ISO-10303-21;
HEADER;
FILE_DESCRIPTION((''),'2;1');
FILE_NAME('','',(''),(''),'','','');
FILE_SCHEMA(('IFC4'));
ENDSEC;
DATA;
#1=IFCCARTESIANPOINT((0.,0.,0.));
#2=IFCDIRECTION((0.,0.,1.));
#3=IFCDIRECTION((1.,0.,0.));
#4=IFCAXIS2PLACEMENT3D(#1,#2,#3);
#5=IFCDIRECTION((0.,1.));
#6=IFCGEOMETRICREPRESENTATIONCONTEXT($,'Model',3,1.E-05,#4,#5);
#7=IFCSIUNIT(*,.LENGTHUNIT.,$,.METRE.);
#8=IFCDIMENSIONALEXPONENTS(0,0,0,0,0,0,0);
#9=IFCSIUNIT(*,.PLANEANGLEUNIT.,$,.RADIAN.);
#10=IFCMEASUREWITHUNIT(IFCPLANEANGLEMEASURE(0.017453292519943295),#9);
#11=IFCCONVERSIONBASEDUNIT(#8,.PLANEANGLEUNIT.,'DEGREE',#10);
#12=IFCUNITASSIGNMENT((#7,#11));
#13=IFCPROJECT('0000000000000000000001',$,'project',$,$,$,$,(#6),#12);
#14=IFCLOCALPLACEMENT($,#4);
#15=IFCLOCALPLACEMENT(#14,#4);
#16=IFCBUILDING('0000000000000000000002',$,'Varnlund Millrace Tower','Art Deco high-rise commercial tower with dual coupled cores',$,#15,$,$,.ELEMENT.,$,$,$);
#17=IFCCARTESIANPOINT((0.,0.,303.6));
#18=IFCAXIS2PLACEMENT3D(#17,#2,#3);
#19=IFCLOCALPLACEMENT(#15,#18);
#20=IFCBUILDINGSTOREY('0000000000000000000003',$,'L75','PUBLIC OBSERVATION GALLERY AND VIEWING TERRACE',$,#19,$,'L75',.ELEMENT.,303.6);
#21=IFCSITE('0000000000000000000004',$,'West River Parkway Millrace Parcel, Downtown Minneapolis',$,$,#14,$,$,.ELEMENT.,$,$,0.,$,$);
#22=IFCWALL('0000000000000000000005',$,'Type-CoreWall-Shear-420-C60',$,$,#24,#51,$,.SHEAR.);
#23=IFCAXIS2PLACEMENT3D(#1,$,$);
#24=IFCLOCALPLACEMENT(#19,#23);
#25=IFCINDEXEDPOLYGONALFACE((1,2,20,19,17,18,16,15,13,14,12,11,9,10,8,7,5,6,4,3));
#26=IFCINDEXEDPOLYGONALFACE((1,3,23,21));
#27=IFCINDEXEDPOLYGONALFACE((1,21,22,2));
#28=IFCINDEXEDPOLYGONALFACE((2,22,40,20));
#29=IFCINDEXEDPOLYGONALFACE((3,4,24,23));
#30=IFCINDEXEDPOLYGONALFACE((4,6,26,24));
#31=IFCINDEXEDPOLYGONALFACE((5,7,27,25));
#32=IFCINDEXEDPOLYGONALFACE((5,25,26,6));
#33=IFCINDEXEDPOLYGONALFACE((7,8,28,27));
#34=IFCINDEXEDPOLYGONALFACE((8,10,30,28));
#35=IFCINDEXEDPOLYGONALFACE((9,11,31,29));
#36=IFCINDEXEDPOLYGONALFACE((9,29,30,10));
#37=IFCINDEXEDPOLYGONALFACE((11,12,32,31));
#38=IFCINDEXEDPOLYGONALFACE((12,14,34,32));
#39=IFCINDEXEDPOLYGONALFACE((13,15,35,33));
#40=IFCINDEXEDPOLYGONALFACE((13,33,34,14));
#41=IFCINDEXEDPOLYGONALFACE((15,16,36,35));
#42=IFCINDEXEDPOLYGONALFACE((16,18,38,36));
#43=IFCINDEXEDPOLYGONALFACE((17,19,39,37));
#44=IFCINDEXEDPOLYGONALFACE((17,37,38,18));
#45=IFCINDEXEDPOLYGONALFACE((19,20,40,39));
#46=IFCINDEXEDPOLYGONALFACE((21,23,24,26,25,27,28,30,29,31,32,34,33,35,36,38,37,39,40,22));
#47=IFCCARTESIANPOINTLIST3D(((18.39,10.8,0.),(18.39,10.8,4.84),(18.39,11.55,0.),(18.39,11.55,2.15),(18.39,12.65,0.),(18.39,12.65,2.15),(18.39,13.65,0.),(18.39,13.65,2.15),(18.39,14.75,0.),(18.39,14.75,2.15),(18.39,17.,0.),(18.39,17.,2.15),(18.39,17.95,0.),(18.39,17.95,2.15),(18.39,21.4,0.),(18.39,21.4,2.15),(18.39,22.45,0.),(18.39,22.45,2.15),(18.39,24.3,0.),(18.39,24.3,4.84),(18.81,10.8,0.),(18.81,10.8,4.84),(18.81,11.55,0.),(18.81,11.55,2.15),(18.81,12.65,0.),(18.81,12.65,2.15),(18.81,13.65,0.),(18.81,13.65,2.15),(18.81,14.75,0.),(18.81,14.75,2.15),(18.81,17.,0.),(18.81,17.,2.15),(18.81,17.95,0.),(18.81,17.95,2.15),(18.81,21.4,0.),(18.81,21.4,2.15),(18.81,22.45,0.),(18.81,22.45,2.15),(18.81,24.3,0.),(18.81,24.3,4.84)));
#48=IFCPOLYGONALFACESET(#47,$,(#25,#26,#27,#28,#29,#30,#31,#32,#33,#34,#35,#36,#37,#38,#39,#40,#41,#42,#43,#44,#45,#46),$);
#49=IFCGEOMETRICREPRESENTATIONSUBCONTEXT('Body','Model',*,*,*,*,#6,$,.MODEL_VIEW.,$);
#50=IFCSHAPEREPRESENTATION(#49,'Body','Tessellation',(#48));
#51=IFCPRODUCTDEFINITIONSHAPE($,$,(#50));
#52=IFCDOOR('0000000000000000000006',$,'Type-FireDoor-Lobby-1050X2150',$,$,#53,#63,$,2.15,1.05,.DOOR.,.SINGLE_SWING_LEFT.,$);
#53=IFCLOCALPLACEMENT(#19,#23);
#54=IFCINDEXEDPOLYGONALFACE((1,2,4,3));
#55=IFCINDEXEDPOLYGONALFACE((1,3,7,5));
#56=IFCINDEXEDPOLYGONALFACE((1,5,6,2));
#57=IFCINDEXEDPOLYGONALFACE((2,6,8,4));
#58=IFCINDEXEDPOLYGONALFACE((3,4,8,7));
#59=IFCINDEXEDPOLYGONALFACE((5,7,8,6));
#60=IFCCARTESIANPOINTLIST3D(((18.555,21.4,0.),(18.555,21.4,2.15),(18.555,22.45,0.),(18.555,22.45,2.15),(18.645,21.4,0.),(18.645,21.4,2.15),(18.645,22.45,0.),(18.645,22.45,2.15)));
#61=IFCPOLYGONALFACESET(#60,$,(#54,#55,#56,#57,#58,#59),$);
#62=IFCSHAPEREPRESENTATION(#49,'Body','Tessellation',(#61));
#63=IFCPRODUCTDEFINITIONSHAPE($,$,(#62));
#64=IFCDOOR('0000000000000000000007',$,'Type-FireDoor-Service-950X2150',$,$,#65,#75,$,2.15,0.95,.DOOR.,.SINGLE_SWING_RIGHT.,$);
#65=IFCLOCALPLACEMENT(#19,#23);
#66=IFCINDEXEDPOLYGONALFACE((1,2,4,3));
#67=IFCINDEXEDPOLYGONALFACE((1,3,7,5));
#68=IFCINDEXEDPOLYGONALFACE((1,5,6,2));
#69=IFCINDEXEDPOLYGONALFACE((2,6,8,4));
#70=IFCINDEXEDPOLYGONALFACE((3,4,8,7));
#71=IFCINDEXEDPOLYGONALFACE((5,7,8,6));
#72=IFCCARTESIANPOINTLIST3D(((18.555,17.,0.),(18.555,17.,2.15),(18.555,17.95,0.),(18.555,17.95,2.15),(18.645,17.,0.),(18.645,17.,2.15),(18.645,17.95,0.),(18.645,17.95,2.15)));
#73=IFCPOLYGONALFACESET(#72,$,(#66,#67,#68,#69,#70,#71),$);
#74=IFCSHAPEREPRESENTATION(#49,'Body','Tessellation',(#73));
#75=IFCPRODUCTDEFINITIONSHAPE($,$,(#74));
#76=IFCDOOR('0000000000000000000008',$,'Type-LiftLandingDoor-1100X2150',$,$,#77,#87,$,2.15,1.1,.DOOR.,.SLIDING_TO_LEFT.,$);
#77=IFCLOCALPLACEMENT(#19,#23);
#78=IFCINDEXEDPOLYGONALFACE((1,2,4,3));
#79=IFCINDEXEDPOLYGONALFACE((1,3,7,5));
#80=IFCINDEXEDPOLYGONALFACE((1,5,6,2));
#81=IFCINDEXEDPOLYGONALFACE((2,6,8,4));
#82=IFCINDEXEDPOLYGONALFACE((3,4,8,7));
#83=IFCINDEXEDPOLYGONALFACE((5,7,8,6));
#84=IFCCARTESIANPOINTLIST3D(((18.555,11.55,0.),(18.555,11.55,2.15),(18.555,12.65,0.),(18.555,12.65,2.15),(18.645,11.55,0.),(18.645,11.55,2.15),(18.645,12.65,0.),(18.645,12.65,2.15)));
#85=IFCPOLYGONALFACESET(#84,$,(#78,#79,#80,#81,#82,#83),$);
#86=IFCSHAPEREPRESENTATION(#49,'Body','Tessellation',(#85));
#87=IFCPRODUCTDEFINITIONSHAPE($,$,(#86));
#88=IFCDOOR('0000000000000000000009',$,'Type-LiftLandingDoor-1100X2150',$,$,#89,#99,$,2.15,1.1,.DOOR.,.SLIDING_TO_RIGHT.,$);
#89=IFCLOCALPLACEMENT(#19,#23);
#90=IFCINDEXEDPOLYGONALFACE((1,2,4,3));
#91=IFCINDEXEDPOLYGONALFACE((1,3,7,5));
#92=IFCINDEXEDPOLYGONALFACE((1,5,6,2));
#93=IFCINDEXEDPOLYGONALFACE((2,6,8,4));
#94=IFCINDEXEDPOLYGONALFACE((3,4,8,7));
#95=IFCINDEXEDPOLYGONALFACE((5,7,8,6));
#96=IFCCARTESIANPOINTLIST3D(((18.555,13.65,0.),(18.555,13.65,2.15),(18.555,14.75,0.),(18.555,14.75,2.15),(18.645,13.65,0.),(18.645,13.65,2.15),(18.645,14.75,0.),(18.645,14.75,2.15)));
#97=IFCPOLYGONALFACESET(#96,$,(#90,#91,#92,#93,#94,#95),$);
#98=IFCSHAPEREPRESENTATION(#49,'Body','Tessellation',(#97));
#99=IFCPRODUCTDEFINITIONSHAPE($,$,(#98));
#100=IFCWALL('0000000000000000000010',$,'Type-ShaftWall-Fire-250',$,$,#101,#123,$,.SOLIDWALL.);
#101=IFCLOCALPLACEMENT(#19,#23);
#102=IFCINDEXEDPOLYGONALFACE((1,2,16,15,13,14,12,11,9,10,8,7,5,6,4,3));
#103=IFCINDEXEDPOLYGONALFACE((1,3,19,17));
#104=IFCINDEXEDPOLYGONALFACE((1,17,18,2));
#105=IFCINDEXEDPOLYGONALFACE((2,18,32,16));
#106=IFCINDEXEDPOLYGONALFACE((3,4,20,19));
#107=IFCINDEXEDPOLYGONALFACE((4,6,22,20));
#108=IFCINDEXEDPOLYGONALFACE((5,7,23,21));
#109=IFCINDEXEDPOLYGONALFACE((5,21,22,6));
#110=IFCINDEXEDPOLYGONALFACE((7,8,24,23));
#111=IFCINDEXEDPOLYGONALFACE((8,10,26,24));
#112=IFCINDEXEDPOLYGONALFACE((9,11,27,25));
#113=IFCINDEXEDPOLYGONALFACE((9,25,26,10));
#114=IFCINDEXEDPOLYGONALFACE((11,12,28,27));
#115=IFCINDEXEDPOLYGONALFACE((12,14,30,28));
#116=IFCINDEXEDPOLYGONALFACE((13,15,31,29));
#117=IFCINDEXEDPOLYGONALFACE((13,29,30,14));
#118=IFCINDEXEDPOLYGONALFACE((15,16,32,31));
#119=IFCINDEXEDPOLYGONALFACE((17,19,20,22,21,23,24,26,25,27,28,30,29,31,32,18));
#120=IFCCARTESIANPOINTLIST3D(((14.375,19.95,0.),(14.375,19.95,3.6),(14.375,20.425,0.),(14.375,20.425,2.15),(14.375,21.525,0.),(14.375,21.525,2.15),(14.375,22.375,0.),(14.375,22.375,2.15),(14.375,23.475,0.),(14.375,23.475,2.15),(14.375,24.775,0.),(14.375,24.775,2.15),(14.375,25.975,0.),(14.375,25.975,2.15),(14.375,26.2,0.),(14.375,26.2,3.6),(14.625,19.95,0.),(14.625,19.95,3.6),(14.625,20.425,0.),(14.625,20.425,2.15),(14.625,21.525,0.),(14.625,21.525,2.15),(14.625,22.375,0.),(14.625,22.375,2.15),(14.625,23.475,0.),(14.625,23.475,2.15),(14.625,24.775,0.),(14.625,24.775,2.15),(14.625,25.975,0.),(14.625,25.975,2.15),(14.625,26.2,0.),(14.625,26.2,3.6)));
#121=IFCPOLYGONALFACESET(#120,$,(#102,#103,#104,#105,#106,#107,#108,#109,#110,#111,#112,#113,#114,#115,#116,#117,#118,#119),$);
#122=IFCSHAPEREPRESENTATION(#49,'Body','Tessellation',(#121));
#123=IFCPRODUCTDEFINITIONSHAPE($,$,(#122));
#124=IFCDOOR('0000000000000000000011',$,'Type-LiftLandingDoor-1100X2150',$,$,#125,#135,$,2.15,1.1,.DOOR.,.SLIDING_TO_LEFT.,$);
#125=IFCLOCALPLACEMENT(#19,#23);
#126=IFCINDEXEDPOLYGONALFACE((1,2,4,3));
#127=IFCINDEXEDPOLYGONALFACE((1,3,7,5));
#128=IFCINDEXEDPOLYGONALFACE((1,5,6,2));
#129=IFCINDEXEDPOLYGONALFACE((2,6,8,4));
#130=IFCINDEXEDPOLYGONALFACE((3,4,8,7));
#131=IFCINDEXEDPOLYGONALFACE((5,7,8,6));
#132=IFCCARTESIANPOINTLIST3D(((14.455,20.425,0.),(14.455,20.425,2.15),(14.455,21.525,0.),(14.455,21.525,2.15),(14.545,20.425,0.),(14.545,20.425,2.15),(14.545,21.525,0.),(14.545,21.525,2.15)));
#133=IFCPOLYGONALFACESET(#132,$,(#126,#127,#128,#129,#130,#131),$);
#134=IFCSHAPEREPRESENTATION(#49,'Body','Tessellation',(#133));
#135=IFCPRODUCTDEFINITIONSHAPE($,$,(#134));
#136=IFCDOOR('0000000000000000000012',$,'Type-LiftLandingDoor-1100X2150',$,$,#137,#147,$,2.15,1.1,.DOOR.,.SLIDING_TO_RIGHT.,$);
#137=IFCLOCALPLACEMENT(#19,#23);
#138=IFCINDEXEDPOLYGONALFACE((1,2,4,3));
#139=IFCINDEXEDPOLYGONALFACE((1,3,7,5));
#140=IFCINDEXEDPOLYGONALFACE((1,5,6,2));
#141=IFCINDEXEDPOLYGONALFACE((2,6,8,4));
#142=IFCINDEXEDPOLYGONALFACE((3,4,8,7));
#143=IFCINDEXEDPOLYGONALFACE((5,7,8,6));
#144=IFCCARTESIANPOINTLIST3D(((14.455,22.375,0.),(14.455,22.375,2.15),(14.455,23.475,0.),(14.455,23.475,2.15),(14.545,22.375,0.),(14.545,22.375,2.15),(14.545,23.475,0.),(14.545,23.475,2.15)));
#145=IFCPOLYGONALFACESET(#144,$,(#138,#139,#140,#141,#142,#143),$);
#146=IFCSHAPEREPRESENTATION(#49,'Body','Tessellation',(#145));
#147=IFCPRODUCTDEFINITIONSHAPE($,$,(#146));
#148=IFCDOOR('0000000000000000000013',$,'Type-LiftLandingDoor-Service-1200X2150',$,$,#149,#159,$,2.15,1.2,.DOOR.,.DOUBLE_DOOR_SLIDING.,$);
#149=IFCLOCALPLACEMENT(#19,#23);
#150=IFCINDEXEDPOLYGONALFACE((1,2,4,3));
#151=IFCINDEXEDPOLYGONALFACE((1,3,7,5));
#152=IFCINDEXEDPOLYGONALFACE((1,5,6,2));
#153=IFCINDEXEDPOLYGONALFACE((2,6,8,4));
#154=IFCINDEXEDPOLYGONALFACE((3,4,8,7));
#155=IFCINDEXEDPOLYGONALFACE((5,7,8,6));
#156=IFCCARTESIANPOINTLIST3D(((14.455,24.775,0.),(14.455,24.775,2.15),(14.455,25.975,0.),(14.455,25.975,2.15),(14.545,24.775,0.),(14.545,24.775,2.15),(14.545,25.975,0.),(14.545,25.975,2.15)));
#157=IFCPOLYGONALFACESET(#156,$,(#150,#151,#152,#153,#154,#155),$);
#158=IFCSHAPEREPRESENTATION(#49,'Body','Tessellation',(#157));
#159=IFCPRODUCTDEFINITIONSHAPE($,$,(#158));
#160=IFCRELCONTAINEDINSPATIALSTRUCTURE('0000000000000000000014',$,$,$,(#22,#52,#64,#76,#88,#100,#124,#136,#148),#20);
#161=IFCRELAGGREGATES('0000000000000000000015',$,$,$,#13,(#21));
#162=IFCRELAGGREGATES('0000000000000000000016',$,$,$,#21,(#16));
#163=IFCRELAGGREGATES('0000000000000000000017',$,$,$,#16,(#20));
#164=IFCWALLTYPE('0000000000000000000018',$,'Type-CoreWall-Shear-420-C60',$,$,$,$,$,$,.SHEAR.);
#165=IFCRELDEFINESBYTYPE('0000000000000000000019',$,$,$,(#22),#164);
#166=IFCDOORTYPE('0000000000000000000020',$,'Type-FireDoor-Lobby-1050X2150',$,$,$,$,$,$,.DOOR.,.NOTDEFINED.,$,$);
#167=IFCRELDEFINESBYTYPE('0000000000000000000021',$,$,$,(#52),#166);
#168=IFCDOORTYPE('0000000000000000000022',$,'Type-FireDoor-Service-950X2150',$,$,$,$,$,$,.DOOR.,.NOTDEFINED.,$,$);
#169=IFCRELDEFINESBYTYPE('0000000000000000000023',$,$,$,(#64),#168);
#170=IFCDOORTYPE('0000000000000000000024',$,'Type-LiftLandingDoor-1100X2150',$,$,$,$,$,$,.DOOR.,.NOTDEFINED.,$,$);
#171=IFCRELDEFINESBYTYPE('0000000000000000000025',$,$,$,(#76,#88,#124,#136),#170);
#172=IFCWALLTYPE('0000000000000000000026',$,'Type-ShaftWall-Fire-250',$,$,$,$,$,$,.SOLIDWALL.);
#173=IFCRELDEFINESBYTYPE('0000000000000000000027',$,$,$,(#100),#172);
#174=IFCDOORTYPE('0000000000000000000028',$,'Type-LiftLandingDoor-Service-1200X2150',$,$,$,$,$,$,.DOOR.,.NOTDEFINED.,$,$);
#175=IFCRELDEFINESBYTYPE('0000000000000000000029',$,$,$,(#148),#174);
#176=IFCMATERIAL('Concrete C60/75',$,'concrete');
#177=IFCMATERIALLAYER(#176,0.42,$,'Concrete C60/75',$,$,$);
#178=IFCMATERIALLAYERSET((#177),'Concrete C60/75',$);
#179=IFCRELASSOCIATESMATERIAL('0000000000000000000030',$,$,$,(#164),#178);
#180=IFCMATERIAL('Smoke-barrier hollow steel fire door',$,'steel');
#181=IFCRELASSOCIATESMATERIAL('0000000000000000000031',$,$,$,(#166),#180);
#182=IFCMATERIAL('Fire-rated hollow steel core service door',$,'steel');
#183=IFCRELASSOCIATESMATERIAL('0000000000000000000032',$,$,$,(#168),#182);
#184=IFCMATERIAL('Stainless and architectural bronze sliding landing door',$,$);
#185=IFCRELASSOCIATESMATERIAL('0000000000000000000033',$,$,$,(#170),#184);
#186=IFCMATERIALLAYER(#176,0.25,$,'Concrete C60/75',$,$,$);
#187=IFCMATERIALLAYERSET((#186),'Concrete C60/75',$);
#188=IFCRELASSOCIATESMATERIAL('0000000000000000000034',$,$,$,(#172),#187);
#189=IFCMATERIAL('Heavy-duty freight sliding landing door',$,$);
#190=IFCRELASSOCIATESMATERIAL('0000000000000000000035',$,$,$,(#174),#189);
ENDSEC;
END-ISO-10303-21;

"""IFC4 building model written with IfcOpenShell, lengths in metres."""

from ifc_helpers import new_model, entity, si_unit, converted_unit, direction, frame, origin_with_axes, origin_2d_with_axis, place, context, subcontext, project, spatial, polyline, rectangle, outline, extrude, material, layer, layer_set, type_object, element, fill, save


model = new_model("IFC4")

# Units and contexts
model_context = context("Model", 3, precision=1e-05, world=origin_with_axes(), true_north=direction((0.0, 1.0)))
body_context = subcontext(model_context, "Body", "Model", "MODEL_VIEW")
ifc_project = project(units=[si_unit("LENGTHUNIT", "METRE"), converted_unit("PLANEANGLEUNIT", "DEGREE", entity("IfcPlaneAngleMeasure", 0.017453292519943295), si_unit("PLANEANGLEUNIT", "RADIAN"), dimensions=[0, 0, 0, 0, 0, 0, 0])], contexts=[model_context])

# Site, building, storey
site_placement = place(None, origin_with_axes())
site = spatial("IfcSite", under=ifc_project, at=site_placement, Name="West River Parkway Millrace Parcel, Downtown Minneapolis", CompositionType="ELEMENT", RefElevation=0.0)
building_placement = place(site_placement, origin_with_axes())
building = spatial("IfcBuilding", under=site, at=building_placement, Name="Varnlund Millrace Tower", Description="Art Deco high-rise commercial tower with dual coupled cores", CompositionType="ELEMENT")
storey_placement = place(building_placement, frame((0.0, 0.0, 303.6), z_axis=(0.0, 0.0, 1.0), x_axis=(1.0, 0.0, 0.0)))
storey = spatial("IfcBuildingStorey", under=building, at=storey_placement, Name="L75", Description="PUBLIC OBSERVATION GALLERY AND VIEWING TERRACE", LongName="L75", CompositionType="ELEMENT", Elevation=303.6)

# Shared definitions
ifc_material_1 = material(Name="Concrete C60/75", Category="concrete")
ifc_layer_1 = layer(ifc_material_1, 0.42, Name="Concrete C60/75")
ifc_layer_set_1 = layer_set([ifc_layer_1], Name="Concrete C60/75")
wall_type_1 = type_object("IfcWallType", Name="Type-CoreWall-Shear-420-C60", PredefinedType="SHEAR", material=ifc_layer_set_1)

# Walls, openings, doors
wall_1_placement = place(storey_placement, frame((18.6, 10.8, 0.0), z_axis=(0.0, 0.0, 1.0), x_axis=(0.0, 1.0, 0.0)))
wall_1 = element("IfcWall", 1, at=wall_1_placement, inside=storey, type_object=wall_type_1, Name="Type-CoreWall-Shear-420-C60", PredefinedType="SHEAR", context=body_context, shape_type="SweptSolid", body=[
    extrude(outline(polyline([(0.0, -0.21), (13.5, -0.21), (13.5, 0.21), (0.0, 0.21), (0.0, -0.21)])), origin_with_axes(), (0.0, 0.0, 1.0), 4.84),
])
opening_1_placement = place(wall_1_placement, frame((1.3, 0.0, 0.0), z_axis=(0.0, 0.0, 1.0), x_axis=(1.0, 0.0, 0.0)))
opening_1 = element("IfcOpeningElement", 2, at=opening_1_placement, cuts=wall_1, PredefinedType="OPENING", context=body_context, shape_type="SweptSolid", body=[
    extrude(rectangle(XDim=1.1, YDim=0.44, at=origin_2d_with_axis()), origin_with_axes(), (0.0, 0.0, 1.0), 2.15),
])
opening_2_placement = place(wall_1_placement, frame((3.4, 0.0, 0.0), z_axis=(0.0, 0.0, 1.0), x_axis=(1.0, 0.0, 0.0)))
opening_2 = element("IfcOpeningElement", 3, at=opening_2_placement, cuts=wall_1, PredefinedType="OPENING", context=body_context, shape_type="SweptSolid", body=[
    extrude(rectangle(XDim=1.1, YDim=0.44, at=origin_2d_with_axis()), origin_with_axes(), (0.0, 0.0, 1.0), 2.15),
])
opening_3_placement = place(wall_1_placement, frame((11.125, 0.0, 0.0), z_axis=(0.0, 0.0, 1.0), x_axis=(1.0, 0.0, 0.0)))
opening_3 = element("IfcOpeningElement", 4, at=opening_3_placement, cuts=wall_1, PredefinedType="OPENING", context=body_context, shape_type="SweptSolid", body=[
    extrude(rectangle(XDim=1.05, YDim=0.44, at=origin_2d_with_axis()), origin_with_axes(), (0.0, 0.0, 1.0), 2.15),
])
opening_4_placement = place(wall_1_placement, frame((6.675, 0.0, 0.0), z_axis=(0.0, 0.0, 1.0), x_axis=(1.0, 0.0, 0.0)))
opening_4 = element("IfcOpeningElement", 5, at=opening_4_placement, cuts=wall_1, PredefinedType="OPENING", context=body_context, shape_type="SweptSolid", body=[
    extrude(rectangle(XDim=0.95, YDim=0.44, at=origin_2d_with_axis()), origin_with_axes(), (0.0, 0.0, 1.0), 2.15),
])
ifc_material_2 = material(Name="Smoke-barrier hollow steel fire door", Category="steel")
door_type_1 = type_object("IfcDoorType", Name="Type-FireDoor-Lobby-1050X2150", OperationType="NOTDEFINED", PredefinedType="DOOR", material=ifc_material_2)
door_1_placement = place(wall_1_placement, frame((11.125, 0.0, 0.0), z_axis=(0.0, 0.0, 1.0), x_axis=(1.0, 0.0, 0.0)))
door_1 = element("IfcDoor", 6, at=door_1_placement, inside=storey, type_object=door_type_1, Name="Type-FireDoor-Lobby-1050X2150", OperationType="SINGLE_SWING_LEFT", OverallHeight=2.15, OverallWidth=1.05, PredefinedType="DOOR", context=body_context, shape_type="SweptSolid", body=[
    extrude(rectangle(XDim=1.05, YDim=0.09, at=origin_2d_with_axis()), origin_with_axes(), (0.0, 0.0, 1.0), 2.15),
])
fill(opening_3, door_1)
ifc_material_3 = material(Name="Fire-rated hollow steel core service door", Category="steel")
door_type_2 = type_object("IfcDoorType", Name="Type-FireDoor-Service-950X2150", OperationType="NOTDEFINED", PredefinedType="DOOR", material=ifc_material_3)
door_2_placement = place(wall_1_placement, frame((6.675, 0.0, 0.0), z_axis=(0.0, 0.0, 1.0), x_axis=(1.0, 0.0, 0.0)))
door_2 = element("IfcDoor", 7, at=door_2_placement, inside=storey, type_object=door_type_2, Name="Type-FireDoor-Service-950X2150", OperationType="SINGLE_SWING_RIGHT", OverallHeight=2.15, OverallWidth=0.95, PredefinedType="DOOR", context=body_context, shape_type="SweptSolid", body=[
    extrude(rectangle(XDim=0.95, YDim=0.09, at=origin_2d_with_axis()), origin_with_axes(), (0.0, 0.0, 1.0), 2.15),
])
fill(opening_4, door_2)
ifc_material_4 = material(Name="Stainless and architectural bronze sliding landing door")
door_type_3 = type_object("IfcDoorType", Name="Type-LiftLandingDoor-1100X2150", OperationType="NOTDEFINED", PredefinedType="DOOR", material=ifc_material_4)
door_3_placement = place(wall_1_placement, frame((1.3, 0.0, 0.0), z_axis=(0.0, 0.0, 1.0), x_axis=(1.0, 0.0, 0.0)))
door_3 = element("IfcDoor", 8, at=door_3_placement, inside=storey, type_object=door_type_3, Name="Type-LiftLandingDoor-1100X2150", OperationType="SLIDING_TO_LEFT", OverallHeight=2.15, OverallWidth=1.1, PredefinedType="DOOR", context=body_context, shape_type="SweptSolid", body=[
    extrude(rectangle(XDim=1.1, YDim=0.09, at=origin_2d_with_axis()), origin_with_axes(), (0.0, 0.0, 1.0), 2.15),
])
fill(opening_1, door_3)
door_4_placement = place(wall_1_placement, frame((3.4, 0.0, 0.0), z_axis=(0.0, 0.0, 1.0), x_axis=(1.0, 0.0, 0.0)))
door_4 = element("IfcDoor", 9, at=door_4_placement, inside=storey, type_object=door_type_3, Name="Type-LiftLandingDoor-1100X2150", OperationType="SLIDING_TO_RIGHT", OverallHeight=2.15, OverallWidth=1.1, PredefinedType="DOOR", context=body_context, shape_type="SweptSolid", body=[
    extrude(rectangle(XDim=1.1, YDim=0.09, at=origin_2d_with_axis()), origin_with_axes(), (0.0, 0.0, 1.0), 2.15),
])
fill(opening_2, door_4)
ifc_layer_2 = layer(ifc_material_1, 0.25, Name="Concrete C60/75")
ifc_layer_set_2 = layer_set([ifc_layer_2], Name="Concrete C60/75")
wall_type_2 = type_object("IfcWallType", Name="Type-ShaftWall-Fire-250", PredefinedType="SOLIDWALL", material=ifc_layer_set_2)
wall_2_placement = place(storey_placement, frame((14.5, 19.95, 0.0), z_axis=(0.0, 0.0, 1.0), x_axis=(0.0, 1.0, 0.0)))
wall_2 = element("IfcWall", 10, at=wall_2_placement, inside=storey, type_object=wall_type_2, Name="Type-ShaftWall-Fire-250", PredefinedType="SOLIDWALL", context=body_context, shape_type="SweptSolid", body=[
    extrude(outline(polyline([(0.0, -0.125), (6.25, -0.125), (6.25, 0.125), (0.0, 0.125), (0.0, -0.125)])), origin_with_axes(), (0.0, 0.0, 1.0), 3.6),
])
opening_5_placement = place(wall_2_placement, frame((1.025, 0.0, 0.0), z_axis=(0.0, 0.0, 1.0), x_axis=(1.0, 0.0, 0.0)))
opening_5 = element("IfcOpeningElement", 11, at=opening_5_placement, cuts=wall_2, PredefinedType="OPENING", context=body_context, shape_type="SweptSolid", body=[
    extrude(rectangle(XDim=1.1, YDim=0.27, at=origin_2d_with_axis()), origin_with_axes(), (0.0, 0.0, 1.0), 2.15),
])
opening_6_placement = place(wall_2_placement, frame((2.975, 0.0, 0.0), z_axis=(0.0, 0.0, 1.0), x_axis=(1.0, 0.0, 0.0)))
opening_6 = element("IfcOpeningElement", 12, at=opening_6_placement, cuts=wall_2, PredefinedType="OPENING", context=body_context, shape_type="SweptSolid", body=[
    extrude(rectangle(XDim=1.1, YDim=0.27, at=origin_2d_with_axis()), origin_with_axes(), (0.0, 0.0, 1.0), 2.15),
])
opening_7_placement = place(wall_2_placement, frame((5.425, 0.0, 0.0), z_axis=(0.0, 0.0, 1.0), x_axis=(1.0, 0.0, 0.0)))
opening_7 = element("IfcOpeningElement", 13, at=opening_7_placement, cuts=wall_2, PredefinedType="OPENING", context=body_context, shape_type="SweptSolid", body=[
    extrude(rectangle(XDim=1.2, YDim=0.27, at=origin_2d_with_axis()), origin_with_axes(), (0.0, 0.0, 1.0), 2.15),
])
door_5_placement = place(wall_2_placement, frame((1.025, 0.0, 0.0), z_axis=(0.0, 0.0, 1.0), x_axis=(1.0, 0.0, 0.0)))
door_5 = element("IfcDoor", 14, at=door_5_placement, inside=storey, type_object=door_type_3, Name="Type-LiftLandingDoor-1100X2150", OperationType="SLIDING_TO_LEFT", OverallHeight=2.15, OverallWidth=1.1, PredefinedType="DOOR", context=body_context, shape_type="SweptSolid", body=[
    extrude(rectangle(XDim=1.1, YDim=0.09, at=origin_2d_with_axis()), origin_with_axes(), (0.0, 0.0, 1.0), 2.15),
])
fill(opening_5, door_5)
door_6_placement = place(wall_2_placement, frame((2.975, 0.0, 0.0), z_axis=(0.0, 0.0, 1.0), x_axis=(1.0, 0.0, 0.0)))
door_6 = element("IfcDoor", 15, at=door_6_placement, inside=storey, type_object=door_type_3, Name="Type-LiftLandingDoor-1100X2150", OperationType="SLIDING_TO_RIGHT", OverallHeight=2.15, OverallWidth=1.1, PredefinedType="DOOR", context=body_context, shape_type="SweptSolid", body=[
    extrude(rectangle(XDim=1.1, YDim=0.09, at=origin_2d_with_axis()), origin_with_axes(), (0.0, 0.0, 1.0), 2.15),
])
fill(opening_6, door_6)
ifc_material_5 = material(Name="Heavy-duty freight sliding landing door")
door_type_4 = type_object("IfcDoorType", Name="Type-LiftLandingDoor-Service-1200X2150", OperationType="NOTDEFINED", PredefinedType="DOOR", material=ifc_material_5)
door_7_placement = place(wall_2_placement, frame((5.425, 0.0, 0.0), z_axis=(0.0, 0.0, 1.0), x_axis=(1.0, 0.0, 0.0)))
door_7 = element("IfcDoor", 16, at=door_7_placement, inside=storey, type_object=door_type_4, Name="Type-LiftLandingDoor-Service-1200X2150", OperationType="DOUBLE_DOOR_SLIDING", OverallHeight=2.15, OverallWidth=1.2, PredefinedType="DOOR", context=body_context, shape_type="SweptSolid", body=[
    extrude(rectangle(XDim=1.2, YDim=0.09, at=origin_2d_with_axis()), origin_with_axes(), (0.0, 0.0, 1.0), 2.15),
])
fill(opening_7, door_7)

save(model, "model.ifc")
